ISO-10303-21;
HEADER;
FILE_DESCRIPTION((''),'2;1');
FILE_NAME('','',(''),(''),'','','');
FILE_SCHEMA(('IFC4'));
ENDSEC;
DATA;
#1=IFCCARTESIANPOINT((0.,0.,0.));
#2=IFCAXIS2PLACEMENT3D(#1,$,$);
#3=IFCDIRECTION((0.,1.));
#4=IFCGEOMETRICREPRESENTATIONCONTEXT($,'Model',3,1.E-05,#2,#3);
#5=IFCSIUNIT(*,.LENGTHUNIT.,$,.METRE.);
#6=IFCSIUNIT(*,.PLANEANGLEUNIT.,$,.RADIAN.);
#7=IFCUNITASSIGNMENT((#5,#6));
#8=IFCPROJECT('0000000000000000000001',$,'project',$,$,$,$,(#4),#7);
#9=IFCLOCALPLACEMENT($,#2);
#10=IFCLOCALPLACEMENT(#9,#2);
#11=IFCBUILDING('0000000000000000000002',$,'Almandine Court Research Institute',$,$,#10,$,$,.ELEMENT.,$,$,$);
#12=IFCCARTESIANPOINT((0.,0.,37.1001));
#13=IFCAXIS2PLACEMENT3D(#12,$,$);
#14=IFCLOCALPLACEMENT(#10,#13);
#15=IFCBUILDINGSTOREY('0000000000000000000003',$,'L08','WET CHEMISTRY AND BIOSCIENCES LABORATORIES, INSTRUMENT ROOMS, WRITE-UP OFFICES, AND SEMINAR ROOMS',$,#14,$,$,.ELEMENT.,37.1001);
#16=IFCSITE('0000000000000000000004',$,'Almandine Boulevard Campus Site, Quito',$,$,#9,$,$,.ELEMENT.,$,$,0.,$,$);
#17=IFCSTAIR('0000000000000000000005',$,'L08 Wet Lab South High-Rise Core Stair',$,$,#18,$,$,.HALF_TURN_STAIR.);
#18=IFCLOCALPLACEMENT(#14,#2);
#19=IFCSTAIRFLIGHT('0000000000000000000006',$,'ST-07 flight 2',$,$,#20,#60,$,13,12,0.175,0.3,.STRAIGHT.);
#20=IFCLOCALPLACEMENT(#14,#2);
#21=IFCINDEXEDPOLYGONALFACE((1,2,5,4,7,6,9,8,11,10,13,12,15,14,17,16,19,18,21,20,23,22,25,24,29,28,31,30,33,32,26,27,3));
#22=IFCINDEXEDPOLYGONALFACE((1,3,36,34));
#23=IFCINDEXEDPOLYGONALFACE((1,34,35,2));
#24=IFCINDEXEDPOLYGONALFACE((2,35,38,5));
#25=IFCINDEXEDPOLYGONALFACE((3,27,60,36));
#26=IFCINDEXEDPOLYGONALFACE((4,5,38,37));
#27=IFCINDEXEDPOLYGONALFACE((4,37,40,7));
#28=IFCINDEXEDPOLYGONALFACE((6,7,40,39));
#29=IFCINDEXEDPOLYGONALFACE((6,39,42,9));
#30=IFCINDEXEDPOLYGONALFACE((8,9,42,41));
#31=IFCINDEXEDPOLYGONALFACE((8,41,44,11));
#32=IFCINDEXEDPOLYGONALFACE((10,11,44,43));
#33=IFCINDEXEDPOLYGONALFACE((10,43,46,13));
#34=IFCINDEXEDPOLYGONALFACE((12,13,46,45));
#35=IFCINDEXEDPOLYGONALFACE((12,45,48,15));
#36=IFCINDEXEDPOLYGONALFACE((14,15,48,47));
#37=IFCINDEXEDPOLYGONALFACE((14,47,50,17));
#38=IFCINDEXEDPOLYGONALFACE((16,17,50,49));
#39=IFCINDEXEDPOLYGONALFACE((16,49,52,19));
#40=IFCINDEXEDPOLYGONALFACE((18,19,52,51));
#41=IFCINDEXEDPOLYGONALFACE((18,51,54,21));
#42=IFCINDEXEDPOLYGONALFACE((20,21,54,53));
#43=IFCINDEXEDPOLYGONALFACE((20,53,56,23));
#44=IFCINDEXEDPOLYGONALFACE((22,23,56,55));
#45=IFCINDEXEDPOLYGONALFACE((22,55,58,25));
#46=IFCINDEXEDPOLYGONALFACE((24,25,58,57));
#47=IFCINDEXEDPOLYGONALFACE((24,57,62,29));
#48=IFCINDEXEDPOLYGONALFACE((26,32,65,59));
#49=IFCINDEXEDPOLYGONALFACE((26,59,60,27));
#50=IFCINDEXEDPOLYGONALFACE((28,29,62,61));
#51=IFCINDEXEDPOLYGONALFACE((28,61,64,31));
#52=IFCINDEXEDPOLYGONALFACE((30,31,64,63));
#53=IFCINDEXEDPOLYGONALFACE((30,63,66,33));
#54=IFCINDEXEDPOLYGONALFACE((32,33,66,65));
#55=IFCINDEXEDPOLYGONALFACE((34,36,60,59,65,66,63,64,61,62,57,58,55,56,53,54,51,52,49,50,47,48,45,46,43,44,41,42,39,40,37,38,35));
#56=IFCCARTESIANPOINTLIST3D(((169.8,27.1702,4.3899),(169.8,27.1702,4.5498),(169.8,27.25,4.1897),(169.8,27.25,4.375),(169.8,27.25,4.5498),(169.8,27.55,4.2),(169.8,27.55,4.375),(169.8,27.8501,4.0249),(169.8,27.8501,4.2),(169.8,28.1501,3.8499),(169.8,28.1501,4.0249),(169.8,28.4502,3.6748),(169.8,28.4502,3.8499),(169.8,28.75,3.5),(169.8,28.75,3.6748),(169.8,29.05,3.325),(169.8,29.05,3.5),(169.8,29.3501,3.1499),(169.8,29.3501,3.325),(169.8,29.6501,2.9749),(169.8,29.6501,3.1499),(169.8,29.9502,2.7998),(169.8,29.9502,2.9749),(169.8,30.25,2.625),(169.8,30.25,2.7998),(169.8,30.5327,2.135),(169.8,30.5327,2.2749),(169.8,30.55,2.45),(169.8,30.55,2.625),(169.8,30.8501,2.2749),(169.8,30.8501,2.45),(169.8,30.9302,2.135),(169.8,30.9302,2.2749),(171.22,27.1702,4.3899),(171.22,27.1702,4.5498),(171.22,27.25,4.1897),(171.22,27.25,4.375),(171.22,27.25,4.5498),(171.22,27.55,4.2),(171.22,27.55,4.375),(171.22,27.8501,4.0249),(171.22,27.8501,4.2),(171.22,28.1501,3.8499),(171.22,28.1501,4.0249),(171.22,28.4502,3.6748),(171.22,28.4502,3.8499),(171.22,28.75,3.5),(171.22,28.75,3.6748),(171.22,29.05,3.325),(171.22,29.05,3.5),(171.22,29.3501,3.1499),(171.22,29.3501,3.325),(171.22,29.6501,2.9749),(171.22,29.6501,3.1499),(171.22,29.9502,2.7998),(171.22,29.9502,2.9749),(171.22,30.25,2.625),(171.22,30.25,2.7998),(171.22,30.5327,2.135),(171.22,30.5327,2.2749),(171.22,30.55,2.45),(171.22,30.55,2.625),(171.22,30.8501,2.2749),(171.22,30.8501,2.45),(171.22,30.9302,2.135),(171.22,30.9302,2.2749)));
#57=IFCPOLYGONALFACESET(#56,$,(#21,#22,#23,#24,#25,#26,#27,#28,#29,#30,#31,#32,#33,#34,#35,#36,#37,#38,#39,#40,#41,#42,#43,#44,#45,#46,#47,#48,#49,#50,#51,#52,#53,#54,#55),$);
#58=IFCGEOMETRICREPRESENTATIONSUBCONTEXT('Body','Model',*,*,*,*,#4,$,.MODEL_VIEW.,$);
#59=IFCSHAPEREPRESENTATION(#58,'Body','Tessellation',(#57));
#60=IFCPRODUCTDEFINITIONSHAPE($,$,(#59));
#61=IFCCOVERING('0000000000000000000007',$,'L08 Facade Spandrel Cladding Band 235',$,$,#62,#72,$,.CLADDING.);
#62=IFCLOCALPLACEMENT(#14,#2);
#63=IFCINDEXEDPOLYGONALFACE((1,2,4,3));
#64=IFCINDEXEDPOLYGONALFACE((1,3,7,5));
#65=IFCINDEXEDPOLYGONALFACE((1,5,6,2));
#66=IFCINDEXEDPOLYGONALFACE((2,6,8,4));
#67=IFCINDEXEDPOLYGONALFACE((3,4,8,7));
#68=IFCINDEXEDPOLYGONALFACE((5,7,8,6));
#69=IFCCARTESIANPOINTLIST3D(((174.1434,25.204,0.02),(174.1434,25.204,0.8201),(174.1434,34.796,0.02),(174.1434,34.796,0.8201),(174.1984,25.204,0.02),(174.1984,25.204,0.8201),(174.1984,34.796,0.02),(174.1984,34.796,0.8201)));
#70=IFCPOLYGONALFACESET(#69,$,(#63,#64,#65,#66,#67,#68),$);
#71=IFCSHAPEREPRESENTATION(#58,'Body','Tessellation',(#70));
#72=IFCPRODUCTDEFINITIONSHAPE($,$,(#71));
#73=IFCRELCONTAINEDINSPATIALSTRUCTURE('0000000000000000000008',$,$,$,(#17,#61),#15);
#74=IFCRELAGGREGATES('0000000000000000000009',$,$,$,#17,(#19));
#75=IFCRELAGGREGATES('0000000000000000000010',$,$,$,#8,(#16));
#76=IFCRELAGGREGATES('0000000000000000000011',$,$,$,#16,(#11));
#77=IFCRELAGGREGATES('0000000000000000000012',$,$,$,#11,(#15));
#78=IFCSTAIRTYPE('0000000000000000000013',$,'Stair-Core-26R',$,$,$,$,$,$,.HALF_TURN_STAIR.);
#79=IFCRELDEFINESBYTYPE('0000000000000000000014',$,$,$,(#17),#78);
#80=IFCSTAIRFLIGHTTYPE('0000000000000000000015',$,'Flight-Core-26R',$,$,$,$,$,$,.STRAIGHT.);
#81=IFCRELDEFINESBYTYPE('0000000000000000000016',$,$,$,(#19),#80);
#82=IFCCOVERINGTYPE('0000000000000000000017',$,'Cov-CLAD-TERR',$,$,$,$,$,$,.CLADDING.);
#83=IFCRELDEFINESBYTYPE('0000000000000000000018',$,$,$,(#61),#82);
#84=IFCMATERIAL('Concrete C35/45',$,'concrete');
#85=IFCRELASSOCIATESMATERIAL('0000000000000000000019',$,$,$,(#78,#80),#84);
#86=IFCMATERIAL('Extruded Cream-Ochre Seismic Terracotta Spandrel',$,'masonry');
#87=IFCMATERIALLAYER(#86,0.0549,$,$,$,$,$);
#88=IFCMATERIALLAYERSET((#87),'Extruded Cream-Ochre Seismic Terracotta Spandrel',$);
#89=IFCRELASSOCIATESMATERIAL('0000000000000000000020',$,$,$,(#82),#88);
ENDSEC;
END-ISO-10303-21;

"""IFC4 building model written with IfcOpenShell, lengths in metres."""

from ifc_helpers import new_model, si_unit, direction, frame, origin, origin_2d, place, context, subcontext, project, spatial, polyline, rectangle, outline, extrude, material, layer, layer_set, type_object, element, aggregate, save


model = new_model("IFC4")

# Units and contexts
model_context = context("Model", 3, precision=1e-05, world=origin(), true_north=direction((0.0, 1.0)))
body_context = subcontext(model_context, "Body", "Model", "MODEL_VIEW")
ifc_project = project(units=[si_unit("LENGTHUNIT", "METRE"), si_unit("PLANEANGLEUNIT", "RADIAN")], contexts=[model_context])

# Site, building, storey
site_placement = place(None, origin())
site = spatial("IfcSite", under=ifc_project, at=site_placement, Name="Almandine Boulevard Campus Site, Quito", CompositionType="ELEMENT", RefElevation=0.0)
building_placement = place(site_placement, origin())
building = spatial("IfcBuilding", under=site, at=building_placement, Name="Almandine Court Research Institute", CompositionType="ELEMENT")
storey_placement = place(building_placement, frame((0.0, 0.0, 37.1001)))
storey = spatial("IfcBuildingStorey", under=building, at=storey_placement, Name="L08", Description="WET CHEMISTRY AND BIOSCIENCES LABORATORIES, INSTRUMENT ROOMS, WRITE-UP OFFICES, AND SEMINAR ROOMS", CompositionType="ELEMENT", Elevation=37.1001)

# Stair, stair flight
ifc_material_1 = material(Name="Concrete C35/45", Category="concrete")
stair_type = type_object("IfcStairType", Name="Stair-Core-26R", PredefinedType="HALF_TURN_STAIR", material=ifc_material_1)
stair_placement = place(storey_placement, origin())
stair = element("IfcStair", 1, at=stair_placement, inside=storey, type_object=stair_type, Name="L08 Wet Lab South High-Rise Core Stair", PredefinedType="HALF_TURN_STAIR")
stair_flight_type = type_object("IfcStairFlightType", Name="Flight-Core-26R", PredefinedType="STRAIGHT", material=ifc_material_1)
stair_flight_1_placement = place(storey_placement, frame((170.51, 30.8501, 2.2749), z_axis=(0.0, 0.0, 1.0), x_axis=(0.0, -1.0, 0.0)))
stair_flight_1 = element("IfcStairFlight", 2, at=stair_flight_1_placement, type_object=stair_flight_type, Name="ST-07 flight 2", NumberOfRisers=13, NumberOfTreads=12, PredefinedType="STRAIGHT", RiserHeight=0.175, TreadLength=0.3, context=body_context, shape_type="SweptSolid", body=[
    extrude(outline(polyline([(-0.0801, -0.1399), (-0.0801, 0.0), (0.0, 0.0), (0.0, 0.175), (0.3, 0.175), (0.3, 0.3501), (0.6001, 0.3501), (0.6001, 0.5249), (0.8999, 0.5249), (0.8999, 0.7), (1.2, 0.7), (1.2, 0.875), (1.5, 0.875), (1.5, 1.05), (1.8, 1.05), (1.8, 1.2251), (2.1001, 1.2251), (2.1001, 1.3999), (2.3999, 1.3999), (2.3999, 1.575), (2.7, 1.575), (2.7, 1.75), (3.0, 1.75), (3.0, 1.925), (3.3, 1.925), (3.3, 2.1001), (3.6001, 2.1001), (3.6001, 2.2749), (3.6799, 2.2749), (3.6799, 2.115), (3.6001, 1.9148), (0.3174, 0.0), (0.3174, -0.1399), (-0.0801, -0.1399)])), frame((0.0, 0.71, 0.0), z_axis=(0.0, -1.0, 0.0), x_axis=(1.0, 0.0, 0.0)), (0.0, 0.0, 1.0), 1.4199),
])
aggregate(stair, [stair_flight_1])

# Covering
ifc_material_2 = material(Name="Extruded Cream-Ochre Seismic Terracotta Spandrel", Category="masonry")
ifc_layer_1 = layer(ifc_material_2, 0.0549)
ifc_layer_set_1 = layer_set([ifc_layer_1], Name="Extruded Cream-Ochre Seismic Terracotta Spandrel")
covering_type = type_object("IfcCoveringType", Name="Cov-CLAD-TERR", PredefinedType="CLADDING", material=ifc_layer_set_1)
covering_placement = place(storey_placement, frame((174.1709, 30.0, 0.02), z_axis=(0.0, 0.0, 1.0), x_axis=(0.0, -1.0, 0.0)))
element("IfcCovering", 3, at=covering_placement, inside=storey, type_object=covering_type, Name="L08 Facade Spandrel Cladding Band 235", PredefinedType="CLADDING", context=body_context, shape_type="SweptSolid", body=[
    extrude(rectangle(XDim=9.592, YDim=0.0549, at=origin_2d()), origin(), (0.0, 0.0, 1.0), 0.8),
])

save(model, "model.ifc")
